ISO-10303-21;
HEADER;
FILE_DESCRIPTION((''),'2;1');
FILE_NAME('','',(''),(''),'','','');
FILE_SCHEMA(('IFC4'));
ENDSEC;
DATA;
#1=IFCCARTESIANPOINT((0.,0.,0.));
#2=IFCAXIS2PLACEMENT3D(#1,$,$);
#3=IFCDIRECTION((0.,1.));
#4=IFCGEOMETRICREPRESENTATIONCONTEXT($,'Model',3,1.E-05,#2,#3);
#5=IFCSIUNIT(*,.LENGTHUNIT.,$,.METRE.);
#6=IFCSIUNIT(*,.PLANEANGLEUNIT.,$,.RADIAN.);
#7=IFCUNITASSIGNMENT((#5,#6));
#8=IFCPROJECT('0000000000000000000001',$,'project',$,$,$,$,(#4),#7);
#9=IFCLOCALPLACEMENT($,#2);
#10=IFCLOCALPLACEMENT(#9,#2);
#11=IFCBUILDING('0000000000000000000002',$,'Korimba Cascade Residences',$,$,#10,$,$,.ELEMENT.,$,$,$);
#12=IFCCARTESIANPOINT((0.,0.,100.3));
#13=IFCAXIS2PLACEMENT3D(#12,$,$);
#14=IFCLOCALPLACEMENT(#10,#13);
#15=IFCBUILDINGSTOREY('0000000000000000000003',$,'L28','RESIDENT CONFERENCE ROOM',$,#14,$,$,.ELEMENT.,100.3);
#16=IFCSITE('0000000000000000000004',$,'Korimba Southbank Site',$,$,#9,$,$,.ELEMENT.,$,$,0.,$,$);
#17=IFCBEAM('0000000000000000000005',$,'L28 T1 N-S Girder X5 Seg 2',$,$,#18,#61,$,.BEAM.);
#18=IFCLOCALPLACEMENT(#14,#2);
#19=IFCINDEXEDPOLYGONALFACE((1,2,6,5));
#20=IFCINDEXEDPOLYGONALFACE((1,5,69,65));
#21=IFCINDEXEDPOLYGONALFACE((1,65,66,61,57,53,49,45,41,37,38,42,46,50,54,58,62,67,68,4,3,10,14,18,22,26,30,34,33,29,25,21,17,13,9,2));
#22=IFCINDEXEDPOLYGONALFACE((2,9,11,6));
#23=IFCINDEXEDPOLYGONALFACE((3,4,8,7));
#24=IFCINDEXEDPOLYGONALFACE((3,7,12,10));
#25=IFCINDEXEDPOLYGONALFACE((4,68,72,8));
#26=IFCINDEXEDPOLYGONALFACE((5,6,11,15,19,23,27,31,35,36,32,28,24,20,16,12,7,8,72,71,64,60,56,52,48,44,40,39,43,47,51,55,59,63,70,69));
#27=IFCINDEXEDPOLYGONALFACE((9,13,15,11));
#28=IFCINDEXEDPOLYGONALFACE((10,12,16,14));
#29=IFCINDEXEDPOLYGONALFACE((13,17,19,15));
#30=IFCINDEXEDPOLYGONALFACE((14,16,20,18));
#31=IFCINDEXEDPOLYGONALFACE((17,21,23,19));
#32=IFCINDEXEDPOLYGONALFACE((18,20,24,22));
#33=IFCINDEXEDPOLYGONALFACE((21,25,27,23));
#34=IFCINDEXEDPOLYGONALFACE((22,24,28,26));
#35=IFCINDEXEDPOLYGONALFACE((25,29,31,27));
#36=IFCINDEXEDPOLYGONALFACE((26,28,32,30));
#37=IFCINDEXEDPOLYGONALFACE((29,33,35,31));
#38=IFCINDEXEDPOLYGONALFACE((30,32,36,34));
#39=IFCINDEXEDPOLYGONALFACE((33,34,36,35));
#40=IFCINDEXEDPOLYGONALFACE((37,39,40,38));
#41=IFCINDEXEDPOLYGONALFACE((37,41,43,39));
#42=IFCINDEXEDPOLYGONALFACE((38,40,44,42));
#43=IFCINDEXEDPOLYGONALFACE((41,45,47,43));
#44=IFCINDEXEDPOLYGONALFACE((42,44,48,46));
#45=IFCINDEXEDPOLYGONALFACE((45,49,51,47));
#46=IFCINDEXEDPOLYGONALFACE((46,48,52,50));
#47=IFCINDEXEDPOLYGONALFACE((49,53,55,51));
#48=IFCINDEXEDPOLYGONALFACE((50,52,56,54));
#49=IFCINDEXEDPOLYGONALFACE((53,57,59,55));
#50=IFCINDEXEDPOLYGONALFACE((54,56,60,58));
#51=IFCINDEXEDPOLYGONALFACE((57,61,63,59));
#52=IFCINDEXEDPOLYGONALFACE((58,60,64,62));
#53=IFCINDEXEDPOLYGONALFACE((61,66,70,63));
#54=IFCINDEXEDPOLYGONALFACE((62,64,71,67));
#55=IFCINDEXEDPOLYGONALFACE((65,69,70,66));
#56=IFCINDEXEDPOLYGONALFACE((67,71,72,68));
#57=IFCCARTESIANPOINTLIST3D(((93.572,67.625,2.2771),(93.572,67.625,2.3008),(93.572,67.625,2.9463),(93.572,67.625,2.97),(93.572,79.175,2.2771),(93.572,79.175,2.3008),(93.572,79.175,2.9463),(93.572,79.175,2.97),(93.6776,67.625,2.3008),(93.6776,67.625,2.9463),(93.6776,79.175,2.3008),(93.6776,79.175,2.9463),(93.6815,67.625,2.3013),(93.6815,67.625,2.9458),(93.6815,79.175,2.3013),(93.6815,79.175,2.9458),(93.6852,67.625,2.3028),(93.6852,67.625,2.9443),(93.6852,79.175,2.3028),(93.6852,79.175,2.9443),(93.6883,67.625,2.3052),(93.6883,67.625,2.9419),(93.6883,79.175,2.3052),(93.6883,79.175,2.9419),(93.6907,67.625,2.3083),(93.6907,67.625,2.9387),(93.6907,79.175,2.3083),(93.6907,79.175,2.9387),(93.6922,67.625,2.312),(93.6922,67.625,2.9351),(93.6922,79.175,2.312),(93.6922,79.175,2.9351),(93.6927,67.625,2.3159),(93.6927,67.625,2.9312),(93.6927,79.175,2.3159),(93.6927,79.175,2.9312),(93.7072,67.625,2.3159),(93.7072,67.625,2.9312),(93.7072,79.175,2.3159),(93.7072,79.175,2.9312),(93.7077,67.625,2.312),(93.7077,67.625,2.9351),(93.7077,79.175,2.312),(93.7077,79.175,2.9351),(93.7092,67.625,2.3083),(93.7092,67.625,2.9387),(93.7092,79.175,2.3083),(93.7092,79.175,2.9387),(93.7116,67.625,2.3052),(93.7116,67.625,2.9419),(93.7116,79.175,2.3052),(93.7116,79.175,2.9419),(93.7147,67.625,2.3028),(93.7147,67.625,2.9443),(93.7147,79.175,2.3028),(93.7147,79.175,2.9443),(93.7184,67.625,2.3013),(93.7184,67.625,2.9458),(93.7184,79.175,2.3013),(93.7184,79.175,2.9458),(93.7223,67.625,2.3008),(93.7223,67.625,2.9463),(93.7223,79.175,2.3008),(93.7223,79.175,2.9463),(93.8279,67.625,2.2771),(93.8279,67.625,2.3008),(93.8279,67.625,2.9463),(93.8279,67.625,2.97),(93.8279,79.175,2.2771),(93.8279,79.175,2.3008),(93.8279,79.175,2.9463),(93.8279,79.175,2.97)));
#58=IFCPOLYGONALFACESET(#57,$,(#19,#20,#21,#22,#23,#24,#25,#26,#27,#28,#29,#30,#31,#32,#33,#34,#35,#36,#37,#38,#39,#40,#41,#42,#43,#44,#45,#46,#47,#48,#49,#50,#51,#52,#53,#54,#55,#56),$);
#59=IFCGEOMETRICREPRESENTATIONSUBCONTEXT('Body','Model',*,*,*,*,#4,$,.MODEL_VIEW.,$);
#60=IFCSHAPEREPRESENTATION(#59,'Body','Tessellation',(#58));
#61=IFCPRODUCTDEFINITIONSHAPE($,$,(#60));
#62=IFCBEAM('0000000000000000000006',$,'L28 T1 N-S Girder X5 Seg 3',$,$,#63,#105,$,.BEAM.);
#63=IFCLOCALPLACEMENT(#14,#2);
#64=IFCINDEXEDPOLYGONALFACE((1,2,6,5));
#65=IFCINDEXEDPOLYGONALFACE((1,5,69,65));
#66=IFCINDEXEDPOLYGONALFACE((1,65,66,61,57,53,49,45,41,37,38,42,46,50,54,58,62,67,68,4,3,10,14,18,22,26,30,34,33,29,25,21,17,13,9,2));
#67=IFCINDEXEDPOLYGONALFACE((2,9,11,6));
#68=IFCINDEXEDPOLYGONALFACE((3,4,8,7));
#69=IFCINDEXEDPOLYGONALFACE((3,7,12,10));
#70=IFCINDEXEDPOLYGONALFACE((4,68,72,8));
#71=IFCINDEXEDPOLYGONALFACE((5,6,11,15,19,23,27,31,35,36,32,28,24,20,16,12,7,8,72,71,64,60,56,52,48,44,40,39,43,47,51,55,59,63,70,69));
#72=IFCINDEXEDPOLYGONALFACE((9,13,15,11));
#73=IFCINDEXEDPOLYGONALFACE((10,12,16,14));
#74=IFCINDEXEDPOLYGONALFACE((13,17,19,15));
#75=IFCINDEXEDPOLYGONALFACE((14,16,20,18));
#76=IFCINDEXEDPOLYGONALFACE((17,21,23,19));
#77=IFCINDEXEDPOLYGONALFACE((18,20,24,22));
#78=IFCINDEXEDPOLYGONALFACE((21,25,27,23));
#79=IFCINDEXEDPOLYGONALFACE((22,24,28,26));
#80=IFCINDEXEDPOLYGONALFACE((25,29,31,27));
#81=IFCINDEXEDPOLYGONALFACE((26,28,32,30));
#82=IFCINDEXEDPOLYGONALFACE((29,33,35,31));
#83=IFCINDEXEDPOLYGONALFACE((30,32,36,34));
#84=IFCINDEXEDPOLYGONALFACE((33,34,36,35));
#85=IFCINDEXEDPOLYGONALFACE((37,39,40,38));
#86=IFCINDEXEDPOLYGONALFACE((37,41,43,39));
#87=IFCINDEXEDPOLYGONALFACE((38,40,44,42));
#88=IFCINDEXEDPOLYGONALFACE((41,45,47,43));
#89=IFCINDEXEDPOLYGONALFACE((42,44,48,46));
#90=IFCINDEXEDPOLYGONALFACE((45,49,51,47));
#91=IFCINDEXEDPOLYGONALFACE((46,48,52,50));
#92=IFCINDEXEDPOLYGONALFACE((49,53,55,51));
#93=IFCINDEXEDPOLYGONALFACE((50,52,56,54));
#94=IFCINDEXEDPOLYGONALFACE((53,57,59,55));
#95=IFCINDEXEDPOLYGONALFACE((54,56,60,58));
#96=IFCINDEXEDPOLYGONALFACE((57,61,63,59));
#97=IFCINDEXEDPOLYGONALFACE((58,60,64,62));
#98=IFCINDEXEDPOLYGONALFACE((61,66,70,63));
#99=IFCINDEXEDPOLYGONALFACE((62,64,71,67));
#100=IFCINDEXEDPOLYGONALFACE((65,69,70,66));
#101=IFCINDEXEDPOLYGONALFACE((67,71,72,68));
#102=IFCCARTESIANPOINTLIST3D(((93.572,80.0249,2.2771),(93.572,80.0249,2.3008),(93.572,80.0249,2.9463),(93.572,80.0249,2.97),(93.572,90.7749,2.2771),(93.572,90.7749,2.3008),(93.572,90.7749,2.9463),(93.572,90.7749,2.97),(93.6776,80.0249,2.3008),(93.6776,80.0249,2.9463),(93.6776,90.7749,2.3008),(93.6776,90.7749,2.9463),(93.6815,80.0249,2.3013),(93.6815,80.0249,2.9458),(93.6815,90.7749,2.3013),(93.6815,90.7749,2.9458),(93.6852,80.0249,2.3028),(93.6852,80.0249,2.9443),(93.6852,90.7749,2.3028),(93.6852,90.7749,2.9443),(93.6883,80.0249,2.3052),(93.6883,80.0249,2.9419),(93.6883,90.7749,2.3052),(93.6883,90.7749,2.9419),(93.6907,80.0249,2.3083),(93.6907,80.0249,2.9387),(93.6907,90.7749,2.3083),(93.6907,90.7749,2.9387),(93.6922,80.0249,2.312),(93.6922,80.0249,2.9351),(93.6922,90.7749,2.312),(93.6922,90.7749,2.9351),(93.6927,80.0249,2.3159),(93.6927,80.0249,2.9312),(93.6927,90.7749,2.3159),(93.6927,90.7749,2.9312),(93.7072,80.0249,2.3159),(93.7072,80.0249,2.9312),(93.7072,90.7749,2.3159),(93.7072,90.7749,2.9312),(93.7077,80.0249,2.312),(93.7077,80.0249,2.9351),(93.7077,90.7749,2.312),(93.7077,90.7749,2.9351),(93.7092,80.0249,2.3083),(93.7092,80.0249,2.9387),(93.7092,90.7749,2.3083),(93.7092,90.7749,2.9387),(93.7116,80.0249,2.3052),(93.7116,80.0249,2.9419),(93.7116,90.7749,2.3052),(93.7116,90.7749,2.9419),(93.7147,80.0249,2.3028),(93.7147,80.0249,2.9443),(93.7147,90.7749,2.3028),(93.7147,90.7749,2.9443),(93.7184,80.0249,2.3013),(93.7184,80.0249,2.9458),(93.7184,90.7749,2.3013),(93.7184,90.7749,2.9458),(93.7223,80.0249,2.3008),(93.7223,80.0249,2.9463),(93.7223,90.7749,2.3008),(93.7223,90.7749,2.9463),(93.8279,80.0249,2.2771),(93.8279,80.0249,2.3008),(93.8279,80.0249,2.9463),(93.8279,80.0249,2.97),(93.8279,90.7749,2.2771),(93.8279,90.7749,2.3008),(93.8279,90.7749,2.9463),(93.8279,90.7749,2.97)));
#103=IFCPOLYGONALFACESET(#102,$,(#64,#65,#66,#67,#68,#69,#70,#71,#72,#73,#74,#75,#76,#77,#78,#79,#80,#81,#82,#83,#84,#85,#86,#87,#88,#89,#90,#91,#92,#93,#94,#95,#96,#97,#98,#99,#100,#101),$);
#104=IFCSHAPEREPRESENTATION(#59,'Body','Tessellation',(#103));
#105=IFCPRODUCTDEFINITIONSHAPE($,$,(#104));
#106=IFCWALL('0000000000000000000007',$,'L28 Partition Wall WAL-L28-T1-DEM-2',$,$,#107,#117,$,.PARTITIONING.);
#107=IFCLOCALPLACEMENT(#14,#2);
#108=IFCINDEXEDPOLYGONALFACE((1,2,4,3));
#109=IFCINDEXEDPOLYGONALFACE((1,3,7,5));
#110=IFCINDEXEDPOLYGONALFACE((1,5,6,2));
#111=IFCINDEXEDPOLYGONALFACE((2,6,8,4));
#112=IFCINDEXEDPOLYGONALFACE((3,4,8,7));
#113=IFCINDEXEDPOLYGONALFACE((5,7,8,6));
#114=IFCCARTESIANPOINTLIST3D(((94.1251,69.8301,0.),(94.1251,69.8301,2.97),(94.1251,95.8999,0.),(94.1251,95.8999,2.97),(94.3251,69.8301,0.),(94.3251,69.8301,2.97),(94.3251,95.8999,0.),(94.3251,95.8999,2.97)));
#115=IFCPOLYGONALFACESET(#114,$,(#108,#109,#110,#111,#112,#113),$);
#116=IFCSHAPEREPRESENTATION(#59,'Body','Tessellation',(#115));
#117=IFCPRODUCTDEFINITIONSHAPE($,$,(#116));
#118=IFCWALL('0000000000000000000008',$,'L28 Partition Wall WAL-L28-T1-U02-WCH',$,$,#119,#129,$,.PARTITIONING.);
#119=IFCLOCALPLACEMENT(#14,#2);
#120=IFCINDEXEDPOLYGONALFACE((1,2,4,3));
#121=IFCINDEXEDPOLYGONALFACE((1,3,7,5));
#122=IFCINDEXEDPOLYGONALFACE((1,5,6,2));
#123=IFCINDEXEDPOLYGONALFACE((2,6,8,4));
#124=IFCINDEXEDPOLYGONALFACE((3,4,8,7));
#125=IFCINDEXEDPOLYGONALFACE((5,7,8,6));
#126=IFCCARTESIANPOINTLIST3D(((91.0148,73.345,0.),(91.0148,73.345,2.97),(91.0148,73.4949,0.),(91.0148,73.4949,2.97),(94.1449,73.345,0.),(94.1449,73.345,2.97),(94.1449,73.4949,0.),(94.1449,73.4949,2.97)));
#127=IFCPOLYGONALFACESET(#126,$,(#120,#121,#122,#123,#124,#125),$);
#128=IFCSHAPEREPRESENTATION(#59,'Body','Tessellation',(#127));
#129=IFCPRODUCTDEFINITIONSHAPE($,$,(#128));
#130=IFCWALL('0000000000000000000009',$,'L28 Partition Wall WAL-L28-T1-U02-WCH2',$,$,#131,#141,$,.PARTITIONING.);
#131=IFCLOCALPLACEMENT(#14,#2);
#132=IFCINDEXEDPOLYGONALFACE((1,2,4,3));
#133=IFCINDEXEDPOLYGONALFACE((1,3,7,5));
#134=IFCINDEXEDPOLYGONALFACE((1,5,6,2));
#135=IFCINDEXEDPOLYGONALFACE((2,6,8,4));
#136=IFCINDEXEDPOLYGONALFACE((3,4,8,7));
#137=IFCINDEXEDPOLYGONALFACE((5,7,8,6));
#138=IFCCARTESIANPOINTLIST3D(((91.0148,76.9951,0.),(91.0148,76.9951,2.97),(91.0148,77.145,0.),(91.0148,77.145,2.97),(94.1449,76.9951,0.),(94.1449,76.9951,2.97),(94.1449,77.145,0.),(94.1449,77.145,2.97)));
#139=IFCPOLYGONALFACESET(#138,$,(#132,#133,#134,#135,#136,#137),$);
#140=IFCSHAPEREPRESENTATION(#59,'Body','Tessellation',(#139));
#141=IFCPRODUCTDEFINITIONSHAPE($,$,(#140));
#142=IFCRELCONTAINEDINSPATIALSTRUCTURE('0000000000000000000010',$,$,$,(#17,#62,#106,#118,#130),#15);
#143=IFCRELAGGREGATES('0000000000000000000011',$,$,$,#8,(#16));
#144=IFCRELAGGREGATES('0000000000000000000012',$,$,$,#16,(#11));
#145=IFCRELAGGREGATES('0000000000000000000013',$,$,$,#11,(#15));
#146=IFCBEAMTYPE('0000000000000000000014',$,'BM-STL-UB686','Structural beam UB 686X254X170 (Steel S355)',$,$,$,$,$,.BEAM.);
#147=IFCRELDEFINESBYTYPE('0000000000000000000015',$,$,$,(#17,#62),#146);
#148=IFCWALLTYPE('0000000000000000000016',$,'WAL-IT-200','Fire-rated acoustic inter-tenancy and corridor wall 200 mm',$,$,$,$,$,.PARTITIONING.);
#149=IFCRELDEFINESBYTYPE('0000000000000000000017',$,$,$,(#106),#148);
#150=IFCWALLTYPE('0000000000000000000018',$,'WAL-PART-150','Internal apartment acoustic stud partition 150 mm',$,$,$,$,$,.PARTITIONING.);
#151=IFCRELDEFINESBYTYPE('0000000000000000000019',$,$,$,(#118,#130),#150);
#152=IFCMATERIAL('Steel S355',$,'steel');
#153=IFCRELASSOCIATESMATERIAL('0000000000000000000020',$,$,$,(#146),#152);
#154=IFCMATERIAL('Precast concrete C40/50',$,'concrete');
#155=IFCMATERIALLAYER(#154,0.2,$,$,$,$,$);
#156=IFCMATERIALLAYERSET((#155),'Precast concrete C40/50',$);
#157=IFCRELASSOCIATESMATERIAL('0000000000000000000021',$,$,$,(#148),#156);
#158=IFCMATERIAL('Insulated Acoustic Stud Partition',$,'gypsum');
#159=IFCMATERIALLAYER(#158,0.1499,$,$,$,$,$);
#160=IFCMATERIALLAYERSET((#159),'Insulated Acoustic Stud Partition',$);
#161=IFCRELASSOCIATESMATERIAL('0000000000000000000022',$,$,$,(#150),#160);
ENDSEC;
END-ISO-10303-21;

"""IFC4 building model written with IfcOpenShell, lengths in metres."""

from ifc_helpers import new_model, si_unit, direction, frame, frame_2d, origin, origin_2d, place, context, subcontext, project, spatial, rectangle, i_section, extrude, material, layer, layer_set, material_profile, profile_set, type_object, element, save


model = new_model("IFC4")

# Units and contexts
model_context = context("Model", 3, precision=1e-05, world=origin(), true_north=direction((0.0, 1.0)))
body_context = subcontext(model_context, "Body", "Model", "MODEL_VIEW")
ifc_project = project(units=[si_unit("LENGTHUNIT", "METRE"), si_unit("PLANEANGLEUNIT", "RADIAN")], contexts=[model_context])

# Site, building, storey
site_placement = place(None, origin())
site = spatial("IfcSite", under=ifc_project, at=site_placement, Name="Korimba Southbank Site", CompositionType="ELEMENT", RefElevation=0.0)
building_placement = place(site_placement, origin())
building = spatial("IfcBuilding", under=site, at=building_placement, Name="Korimba Cascade Residences", CompositionType="ELEMENT")
storey_placement = place(building_placement, frame((0.0, 0.0, 100.3)))
storey = spatial("IfcBuildingStorey", under=building, at=storey_placement, Name="L28", Description="RESIDENT CONFERENCE ROOM", CompositionType="ELEMENT", Elevation=100.3)

# Beams
ifc_material_1 = material(Name="Steel S355", Category="steel")
ifc_material_profile_1 = material_profile(ifc_material_1, i_section(OverallWidth=0.2559, OverallDepth=0.6929, WebThickness=0.0144, FlangeThickness=0.0237, FilletRadius=0.0151, at=origin_2d()), Name="Steel S355")
ifc_profile_set_1 = profile_set([ifc_material_profile_1], Name="Steel S355")
beam_type_1 = type_object("IfcBeamType", Name="BM-STL-UB686", Description="Structural beam UB 686X254X170 (Steel S355)", PredefinedType="BEAM", material=ifc_profile_set_1)
beam_1_placement = place(storey_placement, frame((93.7, 67.625, 2.6235), z_axis=(0.0, 1.0, 0.0), x_axis=(-1.0, 0.0, 0.0)))
element("IfcBeam", 1, at=beam_1_placement, inside=storey, type_object=beam_type_1, Name="L28 T1 N-S Girder X5 Seg 2", PredefinedType="BEAM", context=body_context, shape_type="SweptSolid", body=[
    extrude(i_section(OverallWidth=0.2559, OverallDepth=0.6929, WebThickness=0.0144, FlangeThickness=0.0237, FilletRadius=0.0151, at=origin_2d()), origin(), (0.0, 0.0, 1.0), 11.55),
])
beam_2_placement = place(storey_placement, frame((93.7, 80.0249, 2.6235), z_axis=(0.0, 1.0, 0.0), x_axis=(-1.0, 0.0, 0.0)))
element("IfcBeam", 2, at=beam_2_placement, inside=storey, type_object=beam_type_1, Name="L28 T1 N-S Girder X5 Seg 3", PredefinedType="BEAM", context=body_context, shape_type="SweptSolid", body=[
    extrude(i_section(OverallWidth=0.2559, OverallDepth=0.6929, WebThickness=0.0144, FlangeThickness=0.0237, FilletRadius=0.0151, at=origin_2d()), origin(), (0.0, 0.0, 1.0), 10.75),
])

# Walls
ifc_material_2 = material(Name="Precast concrete C40/50", Category="concrete")
ifc_layer_1 = layer(ifc_material_2, 0.2)
ifc_layer_set_1 = layer_set([ifc_layer_1], Name="Precast concrete C40/50")
wall_type_1 = type_object("IfcWallType", Name="WAL-IT-200", Description="Fire-rated acoustic inter-tenancy and corridor wall 200 mm", PredefinedType="PARTITIONING", material=ifc_layer_set_1)
wall_1_placement = place(storey_placement, frame((94.2251, 69.8301, 0.0), z_axis=(0.0, 0.0, 1.0), x_axis=(0.0, 1.0, 0.0)))
element("IfcWall", 3, at=wall_1_placement, inside=storey, type_object=wall_type_1, Name="L28 Partition Wall WAL-L28-T1-DEM-2", PredefinedType="PARTITIONING", context=body_context, shape_type="SweptSolid", body=[
    extrude(rectangle(XDim=26.0698, YDim=0.2, at=frame_2d((13.0349, 0.0))), origin(), (0.0, 0.0, 1.0), 2.97),
])
ifc_material_3 = material(Name="Insulated Acoustic Stud Partition", Category="gypsum")
ifc_layer_2 = layer(ifc_material_3, 0.1499)
ifc_layer_set_2 = layer_set([ifc_layer_2], Name="Insulated Acoustic Stud Partition")
wall_type_2 = type_object("IfcWallType", Name="WAL-PART-150", Description="Internal apartment acoustic stud partition 150 mm", PredefinedType="PARTITIONING", material=ifc_layer_set_2)
for number, where, z_axis, x_axis, name in (
    (4, (91.0149, 73.4199, 0.0), (0.0, 0.0, 1.0), (1.0, 0.0, 0.0), "L28 Partition Wall WAL-L28-T1-U02-WCH"),
    (5, (91.0149, 77.0701, 0.0), (0.0, 0.0, 1.0), (1.0, 0.0, 0.0), "L28 Partition Wall WAL-L28-T1-U02-WCH2"),
):
    element("IfcWall", number, at=place(storey_placement, frame(where, z_axis=z_axis, x_axis=x_axis)), inside=storey, type_object=wall_type_2, Name=name, PredefinedType="PARTITIONING", context=body_context, shape_type="SweptSolid", body=[
        extrude(rectangle(XDim=3.1301, YDim=0.1499, at=frame_2d((1.5649, 0.0))), origin(), (0.0, 0.0, 1.0), 2.97),
    ])

save(model, "model.ifc")
